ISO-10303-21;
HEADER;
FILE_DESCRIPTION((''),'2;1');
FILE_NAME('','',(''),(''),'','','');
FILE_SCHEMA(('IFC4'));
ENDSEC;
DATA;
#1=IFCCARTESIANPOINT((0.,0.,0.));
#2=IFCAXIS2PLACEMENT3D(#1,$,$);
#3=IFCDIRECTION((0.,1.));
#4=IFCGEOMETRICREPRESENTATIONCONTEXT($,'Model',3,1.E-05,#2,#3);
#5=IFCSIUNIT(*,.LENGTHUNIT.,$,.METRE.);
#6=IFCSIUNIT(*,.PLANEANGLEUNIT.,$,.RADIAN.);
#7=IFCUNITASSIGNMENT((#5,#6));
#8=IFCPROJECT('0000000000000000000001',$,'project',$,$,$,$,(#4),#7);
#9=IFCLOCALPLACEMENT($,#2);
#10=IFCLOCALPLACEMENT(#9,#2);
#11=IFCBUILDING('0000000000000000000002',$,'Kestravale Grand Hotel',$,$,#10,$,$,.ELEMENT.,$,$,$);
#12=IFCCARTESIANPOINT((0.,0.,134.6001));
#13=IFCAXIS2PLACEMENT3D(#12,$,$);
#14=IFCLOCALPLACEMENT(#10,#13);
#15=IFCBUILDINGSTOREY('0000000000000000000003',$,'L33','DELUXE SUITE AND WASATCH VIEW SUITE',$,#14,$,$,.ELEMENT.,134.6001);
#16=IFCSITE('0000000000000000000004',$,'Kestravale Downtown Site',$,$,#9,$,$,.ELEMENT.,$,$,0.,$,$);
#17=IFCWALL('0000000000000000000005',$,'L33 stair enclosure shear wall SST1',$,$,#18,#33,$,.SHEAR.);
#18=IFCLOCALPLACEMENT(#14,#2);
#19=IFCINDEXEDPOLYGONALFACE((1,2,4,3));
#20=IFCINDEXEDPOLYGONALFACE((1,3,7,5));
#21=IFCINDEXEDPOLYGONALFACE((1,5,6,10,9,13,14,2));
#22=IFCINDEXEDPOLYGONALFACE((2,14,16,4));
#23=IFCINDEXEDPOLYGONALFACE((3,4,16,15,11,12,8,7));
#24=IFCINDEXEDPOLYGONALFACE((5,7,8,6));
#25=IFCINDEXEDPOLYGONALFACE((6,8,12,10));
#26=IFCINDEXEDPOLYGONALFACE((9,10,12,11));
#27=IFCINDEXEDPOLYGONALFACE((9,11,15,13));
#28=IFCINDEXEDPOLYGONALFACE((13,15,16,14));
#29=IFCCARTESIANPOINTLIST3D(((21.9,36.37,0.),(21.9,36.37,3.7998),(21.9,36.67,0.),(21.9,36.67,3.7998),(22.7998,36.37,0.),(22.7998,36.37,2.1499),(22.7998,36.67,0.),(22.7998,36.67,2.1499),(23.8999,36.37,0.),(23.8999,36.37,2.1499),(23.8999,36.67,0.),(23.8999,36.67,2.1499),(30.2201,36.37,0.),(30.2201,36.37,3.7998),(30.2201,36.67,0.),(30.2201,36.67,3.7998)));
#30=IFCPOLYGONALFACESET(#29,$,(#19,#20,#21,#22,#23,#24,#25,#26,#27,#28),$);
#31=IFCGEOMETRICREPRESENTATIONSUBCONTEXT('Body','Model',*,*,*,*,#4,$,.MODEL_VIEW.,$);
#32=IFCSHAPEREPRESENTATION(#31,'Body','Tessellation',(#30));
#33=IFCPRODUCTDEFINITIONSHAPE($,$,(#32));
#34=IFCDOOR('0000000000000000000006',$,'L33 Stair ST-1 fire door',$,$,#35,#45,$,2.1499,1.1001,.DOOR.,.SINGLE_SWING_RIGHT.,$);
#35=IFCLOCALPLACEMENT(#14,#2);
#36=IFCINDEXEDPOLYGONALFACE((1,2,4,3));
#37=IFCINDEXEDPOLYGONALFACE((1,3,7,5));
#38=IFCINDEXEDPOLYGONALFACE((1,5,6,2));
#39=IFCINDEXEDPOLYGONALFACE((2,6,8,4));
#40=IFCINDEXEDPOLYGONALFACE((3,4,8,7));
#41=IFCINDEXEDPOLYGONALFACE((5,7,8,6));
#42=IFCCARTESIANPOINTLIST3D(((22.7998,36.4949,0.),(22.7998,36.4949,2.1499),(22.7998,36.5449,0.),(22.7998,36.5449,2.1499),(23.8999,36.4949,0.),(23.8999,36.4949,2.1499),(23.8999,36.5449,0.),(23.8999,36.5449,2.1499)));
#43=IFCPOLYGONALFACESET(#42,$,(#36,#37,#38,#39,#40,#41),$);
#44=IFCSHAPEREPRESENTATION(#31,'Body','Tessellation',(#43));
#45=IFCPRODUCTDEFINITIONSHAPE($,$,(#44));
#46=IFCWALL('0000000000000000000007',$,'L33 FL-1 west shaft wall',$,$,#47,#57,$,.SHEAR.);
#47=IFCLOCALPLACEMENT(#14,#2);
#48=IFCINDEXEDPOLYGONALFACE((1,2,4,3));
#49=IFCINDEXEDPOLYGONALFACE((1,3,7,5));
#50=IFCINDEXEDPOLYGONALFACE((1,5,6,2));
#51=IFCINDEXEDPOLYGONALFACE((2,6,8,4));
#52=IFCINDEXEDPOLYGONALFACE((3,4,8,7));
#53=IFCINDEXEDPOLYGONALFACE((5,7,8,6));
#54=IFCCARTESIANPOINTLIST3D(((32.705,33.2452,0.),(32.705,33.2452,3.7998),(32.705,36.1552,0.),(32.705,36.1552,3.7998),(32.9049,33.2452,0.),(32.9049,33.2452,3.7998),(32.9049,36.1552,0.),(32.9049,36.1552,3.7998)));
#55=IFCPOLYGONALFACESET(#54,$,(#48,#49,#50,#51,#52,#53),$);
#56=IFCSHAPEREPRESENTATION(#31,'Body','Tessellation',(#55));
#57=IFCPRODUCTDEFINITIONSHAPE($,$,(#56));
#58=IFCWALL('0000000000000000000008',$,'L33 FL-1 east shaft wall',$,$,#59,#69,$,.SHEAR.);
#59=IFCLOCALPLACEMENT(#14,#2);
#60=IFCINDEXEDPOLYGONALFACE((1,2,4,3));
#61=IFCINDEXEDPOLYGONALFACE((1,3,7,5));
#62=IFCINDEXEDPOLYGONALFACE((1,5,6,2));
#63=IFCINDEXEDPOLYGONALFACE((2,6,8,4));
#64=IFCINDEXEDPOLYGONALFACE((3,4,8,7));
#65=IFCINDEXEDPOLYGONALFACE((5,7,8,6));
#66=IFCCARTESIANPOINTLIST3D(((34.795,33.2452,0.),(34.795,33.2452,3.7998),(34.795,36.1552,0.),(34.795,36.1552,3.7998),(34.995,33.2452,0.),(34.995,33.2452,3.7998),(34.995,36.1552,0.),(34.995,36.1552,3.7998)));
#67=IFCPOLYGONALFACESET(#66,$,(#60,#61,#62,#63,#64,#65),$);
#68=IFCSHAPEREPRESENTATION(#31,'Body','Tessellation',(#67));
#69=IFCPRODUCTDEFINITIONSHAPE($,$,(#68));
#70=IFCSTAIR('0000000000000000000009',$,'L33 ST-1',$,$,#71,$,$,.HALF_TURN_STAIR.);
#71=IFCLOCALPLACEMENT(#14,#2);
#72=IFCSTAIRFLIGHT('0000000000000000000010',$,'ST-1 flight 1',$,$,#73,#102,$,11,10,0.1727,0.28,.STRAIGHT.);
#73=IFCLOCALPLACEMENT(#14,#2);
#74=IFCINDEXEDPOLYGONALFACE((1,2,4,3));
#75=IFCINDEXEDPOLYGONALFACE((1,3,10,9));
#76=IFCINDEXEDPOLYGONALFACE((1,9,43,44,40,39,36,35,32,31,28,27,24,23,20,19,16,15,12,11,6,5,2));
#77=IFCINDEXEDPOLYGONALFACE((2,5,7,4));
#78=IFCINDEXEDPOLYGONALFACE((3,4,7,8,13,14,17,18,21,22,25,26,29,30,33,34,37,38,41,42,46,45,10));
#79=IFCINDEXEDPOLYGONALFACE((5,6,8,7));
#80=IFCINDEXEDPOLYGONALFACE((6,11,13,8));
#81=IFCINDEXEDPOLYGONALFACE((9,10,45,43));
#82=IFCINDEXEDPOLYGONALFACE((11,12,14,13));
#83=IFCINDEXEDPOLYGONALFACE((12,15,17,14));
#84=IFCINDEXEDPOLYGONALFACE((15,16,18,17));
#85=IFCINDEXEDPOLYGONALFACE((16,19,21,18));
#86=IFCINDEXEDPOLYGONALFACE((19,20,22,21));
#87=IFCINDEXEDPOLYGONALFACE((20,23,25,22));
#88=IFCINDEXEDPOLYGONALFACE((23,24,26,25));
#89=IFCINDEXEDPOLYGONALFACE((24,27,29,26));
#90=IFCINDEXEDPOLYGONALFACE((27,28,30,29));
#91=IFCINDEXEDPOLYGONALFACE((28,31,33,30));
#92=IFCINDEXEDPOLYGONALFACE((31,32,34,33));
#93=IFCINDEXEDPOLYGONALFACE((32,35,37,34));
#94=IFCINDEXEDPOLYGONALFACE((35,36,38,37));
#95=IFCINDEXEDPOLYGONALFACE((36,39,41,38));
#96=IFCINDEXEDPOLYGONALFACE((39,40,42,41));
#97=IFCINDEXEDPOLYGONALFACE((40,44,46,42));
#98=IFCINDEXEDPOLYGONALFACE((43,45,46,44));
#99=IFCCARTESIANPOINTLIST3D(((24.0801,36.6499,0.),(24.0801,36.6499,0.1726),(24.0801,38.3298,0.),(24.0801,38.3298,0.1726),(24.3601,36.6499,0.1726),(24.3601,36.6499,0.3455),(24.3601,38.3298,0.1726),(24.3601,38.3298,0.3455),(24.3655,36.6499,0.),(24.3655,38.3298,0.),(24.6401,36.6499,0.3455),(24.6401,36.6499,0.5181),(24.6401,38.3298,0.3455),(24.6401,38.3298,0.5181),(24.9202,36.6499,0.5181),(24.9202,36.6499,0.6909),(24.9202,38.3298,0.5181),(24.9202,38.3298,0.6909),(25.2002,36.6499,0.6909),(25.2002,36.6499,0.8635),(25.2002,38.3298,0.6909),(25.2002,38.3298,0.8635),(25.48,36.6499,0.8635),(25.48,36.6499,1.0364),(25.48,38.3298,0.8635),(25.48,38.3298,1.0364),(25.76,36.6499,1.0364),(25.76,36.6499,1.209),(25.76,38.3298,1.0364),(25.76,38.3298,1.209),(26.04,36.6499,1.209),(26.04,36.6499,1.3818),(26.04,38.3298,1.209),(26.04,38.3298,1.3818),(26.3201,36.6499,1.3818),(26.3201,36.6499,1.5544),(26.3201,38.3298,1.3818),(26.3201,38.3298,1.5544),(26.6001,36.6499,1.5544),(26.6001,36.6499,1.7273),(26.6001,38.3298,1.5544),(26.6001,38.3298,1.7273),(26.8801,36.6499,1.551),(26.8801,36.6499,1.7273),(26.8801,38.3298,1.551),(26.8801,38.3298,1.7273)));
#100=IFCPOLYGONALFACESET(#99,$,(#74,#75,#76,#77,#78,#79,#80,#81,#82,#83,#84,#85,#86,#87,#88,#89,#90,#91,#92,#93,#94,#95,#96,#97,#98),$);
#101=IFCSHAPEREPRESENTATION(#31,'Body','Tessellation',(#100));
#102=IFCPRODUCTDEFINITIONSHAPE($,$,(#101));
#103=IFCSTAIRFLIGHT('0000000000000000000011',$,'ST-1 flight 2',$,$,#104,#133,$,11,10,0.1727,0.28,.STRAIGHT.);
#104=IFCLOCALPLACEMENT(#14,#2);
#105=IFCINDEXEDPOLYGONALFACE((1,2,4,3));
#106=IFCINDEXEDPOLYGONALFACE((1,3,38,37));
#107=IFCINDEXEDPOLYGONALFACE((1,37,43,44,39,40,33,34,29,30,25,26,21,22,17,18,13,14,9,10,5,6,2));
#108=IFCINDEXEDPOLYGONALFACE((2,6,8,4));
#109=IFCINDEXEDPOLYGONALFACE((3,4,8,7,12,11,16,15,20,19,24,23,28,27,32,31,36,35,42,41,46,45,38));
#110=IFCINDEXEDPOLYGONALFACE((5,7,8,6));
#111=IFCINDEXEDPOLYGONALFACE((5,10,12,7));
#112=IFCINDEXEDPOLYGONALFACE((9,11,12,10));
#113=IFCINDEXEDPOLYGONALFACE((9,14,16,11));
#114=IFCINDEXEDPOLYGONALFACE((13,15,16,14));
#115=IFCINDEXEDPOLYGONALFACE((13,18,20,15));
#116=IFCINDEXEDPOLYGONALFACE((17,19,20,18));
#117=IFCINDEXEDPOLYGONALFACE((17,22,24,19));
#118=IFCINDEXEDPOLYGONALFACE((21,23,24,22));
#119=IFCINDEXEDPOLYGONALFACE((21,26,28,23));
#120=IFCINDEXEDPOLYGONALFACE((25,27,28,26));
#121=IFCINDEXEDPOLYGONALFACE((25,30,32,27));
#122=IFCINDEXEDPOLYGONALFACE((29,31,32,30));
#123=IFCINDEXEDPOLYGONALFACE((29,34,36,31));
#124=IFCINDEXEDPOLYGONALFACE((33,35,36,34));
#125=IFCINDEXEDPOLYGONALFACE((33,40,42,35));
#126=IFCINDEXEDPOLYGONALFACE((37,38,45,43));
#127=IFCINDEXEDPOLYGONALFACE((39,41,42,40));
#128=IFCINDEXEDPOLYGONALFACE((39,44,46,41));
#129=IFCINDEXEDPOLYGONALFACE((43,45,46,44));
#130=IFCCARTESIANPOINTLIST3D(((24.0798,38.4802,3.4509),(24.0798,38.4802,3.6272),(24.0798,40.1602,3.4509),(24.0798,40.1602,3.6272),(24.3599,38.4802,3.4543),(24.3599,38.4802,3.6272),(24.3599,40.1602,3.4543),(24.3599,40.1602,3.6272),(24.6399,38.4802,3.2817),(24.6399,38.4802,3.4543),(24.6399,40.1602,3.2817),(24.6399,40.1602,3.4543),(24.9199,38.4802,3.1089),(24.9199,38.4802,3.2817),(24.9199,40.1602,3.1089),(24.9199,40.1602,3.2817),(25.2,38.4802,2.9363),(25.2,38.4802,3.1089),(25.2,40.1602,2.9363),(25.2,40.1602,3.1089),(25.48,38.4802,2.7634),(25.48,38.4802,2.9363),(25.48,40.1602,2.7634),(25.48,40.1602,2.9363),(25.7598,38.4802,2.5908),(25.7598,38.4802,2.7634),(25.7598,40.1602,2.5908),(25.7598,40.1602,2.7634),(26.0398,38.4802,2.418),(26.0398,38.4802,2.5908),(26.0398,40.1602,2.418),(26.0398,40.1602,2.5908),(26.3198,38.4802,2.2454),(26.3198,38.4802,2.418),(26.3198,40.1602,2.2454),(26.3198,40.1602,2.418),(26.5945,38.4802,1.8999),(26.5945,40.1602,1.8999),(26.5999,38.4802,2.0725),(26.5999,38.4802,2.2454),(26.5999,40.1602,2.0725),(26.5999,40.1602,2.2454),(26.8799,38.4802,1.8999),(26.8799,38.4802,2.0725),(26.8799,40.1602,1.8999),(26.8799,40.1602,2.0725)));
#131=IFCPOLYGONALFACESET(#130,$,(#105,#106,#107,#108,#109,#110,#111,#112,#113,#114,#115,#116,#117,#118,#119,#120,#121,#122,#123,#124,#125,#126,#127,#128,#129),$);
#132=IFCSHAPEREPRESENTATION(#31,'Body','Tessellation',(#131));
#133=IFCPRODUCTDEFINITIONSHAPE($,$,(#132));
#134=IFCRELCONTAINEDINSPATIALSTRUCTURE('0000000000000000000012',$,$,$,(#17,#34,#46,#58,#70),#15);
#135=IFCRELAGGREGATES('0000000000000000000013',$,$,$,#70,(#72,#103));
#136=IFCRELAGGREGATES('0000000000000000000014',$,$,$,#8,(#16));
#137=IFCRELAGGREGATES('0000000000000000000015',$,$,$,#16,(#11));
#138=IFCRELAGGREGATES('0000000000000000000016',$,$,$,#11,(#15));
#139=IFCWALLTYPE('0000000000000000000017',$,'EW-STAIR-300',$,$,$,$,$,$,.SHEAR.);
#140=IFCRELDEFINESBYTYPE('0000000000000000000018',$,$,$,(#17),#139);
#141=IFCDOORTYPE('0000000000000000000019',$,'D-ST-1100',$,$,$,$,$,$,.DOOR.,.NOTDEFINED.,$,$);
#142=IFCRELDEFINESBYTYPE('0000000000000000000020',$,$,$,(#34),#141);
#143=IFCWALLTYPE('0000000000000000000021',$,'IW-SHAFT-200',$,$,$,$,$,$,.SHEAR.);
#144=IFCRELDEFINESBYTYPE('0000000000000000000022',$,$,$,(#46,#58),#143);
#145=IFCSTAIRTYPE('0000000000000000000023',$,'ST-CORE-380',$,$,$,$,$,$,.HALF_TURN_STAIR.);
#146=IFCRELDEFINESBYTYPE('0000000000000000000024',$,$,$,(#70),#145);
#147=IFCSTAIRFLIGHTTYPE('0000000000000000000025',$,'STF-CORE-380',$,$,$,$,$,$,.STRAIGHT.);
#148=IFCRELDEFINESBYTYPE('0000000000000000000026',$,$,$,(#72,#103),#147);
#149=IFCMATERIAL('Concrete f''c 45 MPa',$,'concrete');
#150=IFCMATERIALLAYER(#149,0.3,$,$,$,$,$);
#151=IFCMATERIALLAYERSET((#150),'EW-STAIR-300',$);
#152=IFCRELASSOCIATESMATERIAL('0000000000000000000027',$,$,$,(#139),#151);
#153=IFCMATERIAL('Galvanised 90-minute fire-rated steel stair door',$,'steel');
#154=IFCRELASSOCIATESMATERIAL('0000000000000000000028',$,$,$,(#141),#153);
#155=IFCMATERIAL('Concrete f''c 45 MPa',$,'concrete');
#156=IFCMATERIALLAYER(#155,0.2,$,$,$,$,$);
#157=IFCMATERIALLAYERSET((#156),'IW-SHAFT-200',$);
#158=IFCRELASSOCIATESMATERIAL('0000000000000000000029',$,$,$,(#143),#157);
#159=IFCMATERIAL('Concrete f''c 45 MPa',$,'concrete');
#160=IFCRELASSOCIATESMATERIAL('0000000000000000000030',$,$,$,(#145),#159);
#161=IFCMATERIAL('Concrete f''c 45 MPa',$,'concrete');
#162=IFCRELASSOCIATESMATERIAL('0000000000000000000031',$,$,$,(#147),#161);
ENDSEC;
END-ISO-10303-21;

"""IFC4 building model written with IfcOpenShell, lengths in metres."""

from ifc_helpers import new_model, si_unit, direction, frame, frame_2d, origin, place, context, subcontext, project, spatial, polyline, rectangle, outline, extrude, material, layer, layer_set, type_object, element, fill, aggregate, save


model = new_model("IFC4")

# Units and contexts
model_context = context("Model", 3, precision=1e-05, world=origin(), true_north=direction((0.0, 1.0)))
body_context = subcontext(model_context, "Body", "Model", "MODEL_VIEW")
ifc_project = project(units=[si_unit("LENGTHUNIT", "METRE"), si_unit("PLANEANGLEUNIT", "RADIAN")], contexts=[model_context])

# Site, building, storey
site_placement = place(None, origin())
site = spatial("IfcSite", under=ifc_project, at=site_placement, Name="Kestravale Downtown Site", CompositionType="ELEMENT", RefElevation=0.0)
building_placement = place(site_placement, origin())
building = spatial("IfcBuilding", under=site, at=building_placement, Name="Kestravale Grand Hotel", CompositionType="ELEMENT")
storey_placement = place(building_placement, frame((0.0, 0.0, 134.6001)))
storey = spatial("IfcBuildingStorey", under=building, at=storey_placement, Name="L33", Description="DELUXE SUITE AND WASATCH VIEW SUITE", CompositionType="ELEMENT", Elevation=134.6001)

# Wall, opening, door
ifc_material_1 = material(Name="Concrete f'c 45 MPa", Category="concrete")
ifc_layer_1 = layer(ifc_material_1, 0.3)
ifc_layer_set_1 = layer_set([ifc_layer_1], Name="EW-STAIR-300")
wall_type_1 = type_object("IfcWallType", Name="EW-STAIR-300", PredefinedType="SHEAR", material=ifc_layer_set_1)
wall_1_placement = place(storey_placement, frame((21.8999, 36.52, 0.0), z_axis=(0.0, 0.0, 1.0), x_axis=(1.0, 0.0, 0.0)))
wall_1 = element("IfcWall", 1, at=wall_1_placement, inside=storey, type_object=wall_type_1, Name="L33 stair enclosure shear wall SST1", PredefinedType="SHEAR", context=body_context, shape_type="SweptSolid", body=[
    extrude(rectangle(XDim=8.3201, YDim=0.3, at=frame_2d((4.1602, 0.0))), origin(), (0.0, 0.0, 1.0), 3.7998),
])
opening_1_placement = place(wall_1_placement, frame((0.8999, 0.0, 0.0)))
opening_1 = element("IfcOpeningElement", 2, at=opening_1_placement, cuts=wall_1, PredefinedType="OPENING", context=body_context, shape_type="SweptSolid", body=[
    extrude(rectangle(XDim=1.1001, YDim=2.1499, at=frame_2d((0.55, 1.075))), frame((0.0, 0.1599, 0.0), z_axis=(0.0, -1.0, 0.0), x_axis=(1.0, 0.0, 0.0)), (0.0, 0.0, 1.0), 0.3201),
])
ifc_material_2 = material(Name="Galvanised 90-minute fire-rated steel stair door", Category="steel")
door_type_1 = type_object("IfcDoorType", Name="D-ST-1100", OperationType="NOTDEFINED", PredefinedType="DOOR", material=ifc_material_2)
door_1_placement = place(opening_1_placement, origin())
door_1 = element("IfcDoor", 3, at=door_1_placement, inside=storey, type_object=door_type_1, Name="L33 Stair ST-1 fire door", OperationType="SINGLE_SWING_RIGHT", OverallHeight=2.1499, OverallWidth=1.1001, PredefinedType="DOOR", context=body_context, shape_type="SweptSolid", body=[
    extrude(rectangle(XDim=1.1001, YDim=2.1499, at=frame_2d((0.55, 1.075))), frame((0.0, 0.0249, 0.0), z_axis=(0.0, -1.0, 0.0), x_axis=(1.0, 0.0, 0.0)), (0.0, 0.0, 1.0), 0.05),
])
fill(opening_1, door_1)

# Walls
ifc_material_3 = material(Name="Concrete f'c 45 MPa", Category="concrete")
ifc_layer_2 = layer(ifc_material_3, 0.2)
ifc_layer_set_2 = layer_set([ifc_layer_2], Name="IW-SHAFT-200")
wall_type_2 = type_object("IfcWallType", Name="IW-SHAFT-200", PredefinedType="SHEAR", material=ifc_layer_set_2)
for number, where, z_axis, x_axis, name in (
    (4, (32.8049, 33.2451, 0.0), (0.0, 0.0, 1.0), (0.0, 1.0, 0.0), "L33 FL-1 west shaft wall"),
    (5, (34.895, 33.2451, 0.0), (0.0, 0.0, 1.0), (0.0, 1.0, 0.0), "L33 FL-1 east shaft wall"),
):
    element("IfcWall", number, at=place(storey_placement, frame(where, z_axis=z_axis, x_axis=x_axis)), inside=storey, type_object=wall_type_2, Name=name, PredefinedType="SHEAR", context=body_context, shape_type="SweptSolid", body=[
        extrude(rectangle(XDim=2.9099, YDim=0.2, at=frame_2d((1.4551, 0.0))), origin(), (0.0, 0.0, 1.0), 3.7998),
    ])

# Stair, stair flights
ifc_material_4 = material(Name="Concrete f'c 45 MPa", Category="concrete")
stair_type = type_object("IfcStairType", Name="ST-CORE-380", PredefinedType="HALF_TURN_STAIR", material=ifc_material_4)
stair_placement = place(storey_placement, origin())
stair = element("IfcStair", 6, at=stair_placement, inside=storey, type_object=stair_type, Name="L33 ST-1", PredefinedType="HALF_TURN_STAIR")
ifc_material_5 = material(Name="Concrete f'c 45 MPa", Category="concrete")
stair_flight_type = type_object("IfcStairFlightType", Name="STF-CORE-380", PredefinedType="STRAIGHT", material=ifc_material_5)
stair_flight_1_placement = place(storey_placement, frame((24.0801, 37.49, 0.0), z_axis=(0.0, 0.0, 1.0), x_axis=(1.0, 0.0, 0.0)))
stair_flight_1 = element("IfcStairFlight", 7, at=stair_flight_1_placement, type_object=stair_flight_type, Name="ST-1 flight 1", NumberOfRisers=11, NumberOfTreads=10, PredefinedType="STRAIGHT", RiserHeight=0.1727, TreadLength=0.28, context=body_context, shape_type="SweptSolid", body=[
    extrude(outline(polyline([(0.0, 0.0), (0.0, 0.1726), (0.28, 0.1726), (0.28, 0.3455), (0.5601, 0.3455), (0.5601, 0.5181), (0.8401, 0.5181), (0.8401, 0.6909), (1.1201, 0.6909), (1.1201, 0.8635), (1.3999, 0.8635), (1.3999, 1.0364), (1.6799, 1.0364), (1.6799, 1.209), (1.96, 1.209), (1.96, 1.3818), (2.24, 1.3818), (2.24, 1.5544), (2.52, 1.5544), (2.52, 1.7273), (2.8, 1.7273), (2.8, 1.8999), (2.8, 1.551), (0.2854, 0.0), (0.0, 0.0)])), frame((0.0, 0.8398, 0.0), z_axis=(0.0, -1.0, 0.0), x_axis=(1.0, 0.0, 0.0)), (0.0, 0.0, 1.0), 1.6799),
])
stair_flight_2_placement = place(storey_placement, frame((26.8799, 39.3201, 1.8999), z_axis=(0.0, 0.0, 1.0), x_axis=(-1.0, 0.0, 0.0)))
stair_flight_2 = element("IfcStairFlight", 8, at=stair_flight_2_placement, type_object=stair_flight_type, Name="ST-1 flight 2", NumberOfRisers=11, NumberOfTreads=10, PredefinedType="STRAIGHT", RiserHeight=0.1727, TreadLength=0.28, context=body_context, shape_type="SweptSolid", body=[
    extrude(outline(polyline([(0.0, 0.0), (0.0, 0.1726), (0.28, 0.1726), (0.28, 0.3455), (0.5601, 0.3455), (0.5601, 0.5181), (0.8401, 0.5181), (0.8401, 0.6909), (1.1201, 0.6909), (1.1201, 0.8635), (1.3999, 0.8635), (1.3999, 1.0364), (1.6799, 1.0364), (1.6799, 1.209), (1.96, 1.209), (1.96, 1.3818), (2.24, 1.3818), (2.24, 1.5544), (2.52, 1.5544), (2.52, 1.7273), (2.8, 1.7273), (2.8, 1.8999), (2.8, 1.551), (0.2854, 0.0), (0.0, 0.0)])), frame((0.0, 0.8398, 0.0), z_axis=(0.0, -1.0, 0.0), x_axis=(1.0, 0.0, 0.0)), (0.0, 0.0, 1.0), 1.6799),
])
aggregate(stair, [stair_flight_1, stair_flight_2])

save(model, "model.ifc")
